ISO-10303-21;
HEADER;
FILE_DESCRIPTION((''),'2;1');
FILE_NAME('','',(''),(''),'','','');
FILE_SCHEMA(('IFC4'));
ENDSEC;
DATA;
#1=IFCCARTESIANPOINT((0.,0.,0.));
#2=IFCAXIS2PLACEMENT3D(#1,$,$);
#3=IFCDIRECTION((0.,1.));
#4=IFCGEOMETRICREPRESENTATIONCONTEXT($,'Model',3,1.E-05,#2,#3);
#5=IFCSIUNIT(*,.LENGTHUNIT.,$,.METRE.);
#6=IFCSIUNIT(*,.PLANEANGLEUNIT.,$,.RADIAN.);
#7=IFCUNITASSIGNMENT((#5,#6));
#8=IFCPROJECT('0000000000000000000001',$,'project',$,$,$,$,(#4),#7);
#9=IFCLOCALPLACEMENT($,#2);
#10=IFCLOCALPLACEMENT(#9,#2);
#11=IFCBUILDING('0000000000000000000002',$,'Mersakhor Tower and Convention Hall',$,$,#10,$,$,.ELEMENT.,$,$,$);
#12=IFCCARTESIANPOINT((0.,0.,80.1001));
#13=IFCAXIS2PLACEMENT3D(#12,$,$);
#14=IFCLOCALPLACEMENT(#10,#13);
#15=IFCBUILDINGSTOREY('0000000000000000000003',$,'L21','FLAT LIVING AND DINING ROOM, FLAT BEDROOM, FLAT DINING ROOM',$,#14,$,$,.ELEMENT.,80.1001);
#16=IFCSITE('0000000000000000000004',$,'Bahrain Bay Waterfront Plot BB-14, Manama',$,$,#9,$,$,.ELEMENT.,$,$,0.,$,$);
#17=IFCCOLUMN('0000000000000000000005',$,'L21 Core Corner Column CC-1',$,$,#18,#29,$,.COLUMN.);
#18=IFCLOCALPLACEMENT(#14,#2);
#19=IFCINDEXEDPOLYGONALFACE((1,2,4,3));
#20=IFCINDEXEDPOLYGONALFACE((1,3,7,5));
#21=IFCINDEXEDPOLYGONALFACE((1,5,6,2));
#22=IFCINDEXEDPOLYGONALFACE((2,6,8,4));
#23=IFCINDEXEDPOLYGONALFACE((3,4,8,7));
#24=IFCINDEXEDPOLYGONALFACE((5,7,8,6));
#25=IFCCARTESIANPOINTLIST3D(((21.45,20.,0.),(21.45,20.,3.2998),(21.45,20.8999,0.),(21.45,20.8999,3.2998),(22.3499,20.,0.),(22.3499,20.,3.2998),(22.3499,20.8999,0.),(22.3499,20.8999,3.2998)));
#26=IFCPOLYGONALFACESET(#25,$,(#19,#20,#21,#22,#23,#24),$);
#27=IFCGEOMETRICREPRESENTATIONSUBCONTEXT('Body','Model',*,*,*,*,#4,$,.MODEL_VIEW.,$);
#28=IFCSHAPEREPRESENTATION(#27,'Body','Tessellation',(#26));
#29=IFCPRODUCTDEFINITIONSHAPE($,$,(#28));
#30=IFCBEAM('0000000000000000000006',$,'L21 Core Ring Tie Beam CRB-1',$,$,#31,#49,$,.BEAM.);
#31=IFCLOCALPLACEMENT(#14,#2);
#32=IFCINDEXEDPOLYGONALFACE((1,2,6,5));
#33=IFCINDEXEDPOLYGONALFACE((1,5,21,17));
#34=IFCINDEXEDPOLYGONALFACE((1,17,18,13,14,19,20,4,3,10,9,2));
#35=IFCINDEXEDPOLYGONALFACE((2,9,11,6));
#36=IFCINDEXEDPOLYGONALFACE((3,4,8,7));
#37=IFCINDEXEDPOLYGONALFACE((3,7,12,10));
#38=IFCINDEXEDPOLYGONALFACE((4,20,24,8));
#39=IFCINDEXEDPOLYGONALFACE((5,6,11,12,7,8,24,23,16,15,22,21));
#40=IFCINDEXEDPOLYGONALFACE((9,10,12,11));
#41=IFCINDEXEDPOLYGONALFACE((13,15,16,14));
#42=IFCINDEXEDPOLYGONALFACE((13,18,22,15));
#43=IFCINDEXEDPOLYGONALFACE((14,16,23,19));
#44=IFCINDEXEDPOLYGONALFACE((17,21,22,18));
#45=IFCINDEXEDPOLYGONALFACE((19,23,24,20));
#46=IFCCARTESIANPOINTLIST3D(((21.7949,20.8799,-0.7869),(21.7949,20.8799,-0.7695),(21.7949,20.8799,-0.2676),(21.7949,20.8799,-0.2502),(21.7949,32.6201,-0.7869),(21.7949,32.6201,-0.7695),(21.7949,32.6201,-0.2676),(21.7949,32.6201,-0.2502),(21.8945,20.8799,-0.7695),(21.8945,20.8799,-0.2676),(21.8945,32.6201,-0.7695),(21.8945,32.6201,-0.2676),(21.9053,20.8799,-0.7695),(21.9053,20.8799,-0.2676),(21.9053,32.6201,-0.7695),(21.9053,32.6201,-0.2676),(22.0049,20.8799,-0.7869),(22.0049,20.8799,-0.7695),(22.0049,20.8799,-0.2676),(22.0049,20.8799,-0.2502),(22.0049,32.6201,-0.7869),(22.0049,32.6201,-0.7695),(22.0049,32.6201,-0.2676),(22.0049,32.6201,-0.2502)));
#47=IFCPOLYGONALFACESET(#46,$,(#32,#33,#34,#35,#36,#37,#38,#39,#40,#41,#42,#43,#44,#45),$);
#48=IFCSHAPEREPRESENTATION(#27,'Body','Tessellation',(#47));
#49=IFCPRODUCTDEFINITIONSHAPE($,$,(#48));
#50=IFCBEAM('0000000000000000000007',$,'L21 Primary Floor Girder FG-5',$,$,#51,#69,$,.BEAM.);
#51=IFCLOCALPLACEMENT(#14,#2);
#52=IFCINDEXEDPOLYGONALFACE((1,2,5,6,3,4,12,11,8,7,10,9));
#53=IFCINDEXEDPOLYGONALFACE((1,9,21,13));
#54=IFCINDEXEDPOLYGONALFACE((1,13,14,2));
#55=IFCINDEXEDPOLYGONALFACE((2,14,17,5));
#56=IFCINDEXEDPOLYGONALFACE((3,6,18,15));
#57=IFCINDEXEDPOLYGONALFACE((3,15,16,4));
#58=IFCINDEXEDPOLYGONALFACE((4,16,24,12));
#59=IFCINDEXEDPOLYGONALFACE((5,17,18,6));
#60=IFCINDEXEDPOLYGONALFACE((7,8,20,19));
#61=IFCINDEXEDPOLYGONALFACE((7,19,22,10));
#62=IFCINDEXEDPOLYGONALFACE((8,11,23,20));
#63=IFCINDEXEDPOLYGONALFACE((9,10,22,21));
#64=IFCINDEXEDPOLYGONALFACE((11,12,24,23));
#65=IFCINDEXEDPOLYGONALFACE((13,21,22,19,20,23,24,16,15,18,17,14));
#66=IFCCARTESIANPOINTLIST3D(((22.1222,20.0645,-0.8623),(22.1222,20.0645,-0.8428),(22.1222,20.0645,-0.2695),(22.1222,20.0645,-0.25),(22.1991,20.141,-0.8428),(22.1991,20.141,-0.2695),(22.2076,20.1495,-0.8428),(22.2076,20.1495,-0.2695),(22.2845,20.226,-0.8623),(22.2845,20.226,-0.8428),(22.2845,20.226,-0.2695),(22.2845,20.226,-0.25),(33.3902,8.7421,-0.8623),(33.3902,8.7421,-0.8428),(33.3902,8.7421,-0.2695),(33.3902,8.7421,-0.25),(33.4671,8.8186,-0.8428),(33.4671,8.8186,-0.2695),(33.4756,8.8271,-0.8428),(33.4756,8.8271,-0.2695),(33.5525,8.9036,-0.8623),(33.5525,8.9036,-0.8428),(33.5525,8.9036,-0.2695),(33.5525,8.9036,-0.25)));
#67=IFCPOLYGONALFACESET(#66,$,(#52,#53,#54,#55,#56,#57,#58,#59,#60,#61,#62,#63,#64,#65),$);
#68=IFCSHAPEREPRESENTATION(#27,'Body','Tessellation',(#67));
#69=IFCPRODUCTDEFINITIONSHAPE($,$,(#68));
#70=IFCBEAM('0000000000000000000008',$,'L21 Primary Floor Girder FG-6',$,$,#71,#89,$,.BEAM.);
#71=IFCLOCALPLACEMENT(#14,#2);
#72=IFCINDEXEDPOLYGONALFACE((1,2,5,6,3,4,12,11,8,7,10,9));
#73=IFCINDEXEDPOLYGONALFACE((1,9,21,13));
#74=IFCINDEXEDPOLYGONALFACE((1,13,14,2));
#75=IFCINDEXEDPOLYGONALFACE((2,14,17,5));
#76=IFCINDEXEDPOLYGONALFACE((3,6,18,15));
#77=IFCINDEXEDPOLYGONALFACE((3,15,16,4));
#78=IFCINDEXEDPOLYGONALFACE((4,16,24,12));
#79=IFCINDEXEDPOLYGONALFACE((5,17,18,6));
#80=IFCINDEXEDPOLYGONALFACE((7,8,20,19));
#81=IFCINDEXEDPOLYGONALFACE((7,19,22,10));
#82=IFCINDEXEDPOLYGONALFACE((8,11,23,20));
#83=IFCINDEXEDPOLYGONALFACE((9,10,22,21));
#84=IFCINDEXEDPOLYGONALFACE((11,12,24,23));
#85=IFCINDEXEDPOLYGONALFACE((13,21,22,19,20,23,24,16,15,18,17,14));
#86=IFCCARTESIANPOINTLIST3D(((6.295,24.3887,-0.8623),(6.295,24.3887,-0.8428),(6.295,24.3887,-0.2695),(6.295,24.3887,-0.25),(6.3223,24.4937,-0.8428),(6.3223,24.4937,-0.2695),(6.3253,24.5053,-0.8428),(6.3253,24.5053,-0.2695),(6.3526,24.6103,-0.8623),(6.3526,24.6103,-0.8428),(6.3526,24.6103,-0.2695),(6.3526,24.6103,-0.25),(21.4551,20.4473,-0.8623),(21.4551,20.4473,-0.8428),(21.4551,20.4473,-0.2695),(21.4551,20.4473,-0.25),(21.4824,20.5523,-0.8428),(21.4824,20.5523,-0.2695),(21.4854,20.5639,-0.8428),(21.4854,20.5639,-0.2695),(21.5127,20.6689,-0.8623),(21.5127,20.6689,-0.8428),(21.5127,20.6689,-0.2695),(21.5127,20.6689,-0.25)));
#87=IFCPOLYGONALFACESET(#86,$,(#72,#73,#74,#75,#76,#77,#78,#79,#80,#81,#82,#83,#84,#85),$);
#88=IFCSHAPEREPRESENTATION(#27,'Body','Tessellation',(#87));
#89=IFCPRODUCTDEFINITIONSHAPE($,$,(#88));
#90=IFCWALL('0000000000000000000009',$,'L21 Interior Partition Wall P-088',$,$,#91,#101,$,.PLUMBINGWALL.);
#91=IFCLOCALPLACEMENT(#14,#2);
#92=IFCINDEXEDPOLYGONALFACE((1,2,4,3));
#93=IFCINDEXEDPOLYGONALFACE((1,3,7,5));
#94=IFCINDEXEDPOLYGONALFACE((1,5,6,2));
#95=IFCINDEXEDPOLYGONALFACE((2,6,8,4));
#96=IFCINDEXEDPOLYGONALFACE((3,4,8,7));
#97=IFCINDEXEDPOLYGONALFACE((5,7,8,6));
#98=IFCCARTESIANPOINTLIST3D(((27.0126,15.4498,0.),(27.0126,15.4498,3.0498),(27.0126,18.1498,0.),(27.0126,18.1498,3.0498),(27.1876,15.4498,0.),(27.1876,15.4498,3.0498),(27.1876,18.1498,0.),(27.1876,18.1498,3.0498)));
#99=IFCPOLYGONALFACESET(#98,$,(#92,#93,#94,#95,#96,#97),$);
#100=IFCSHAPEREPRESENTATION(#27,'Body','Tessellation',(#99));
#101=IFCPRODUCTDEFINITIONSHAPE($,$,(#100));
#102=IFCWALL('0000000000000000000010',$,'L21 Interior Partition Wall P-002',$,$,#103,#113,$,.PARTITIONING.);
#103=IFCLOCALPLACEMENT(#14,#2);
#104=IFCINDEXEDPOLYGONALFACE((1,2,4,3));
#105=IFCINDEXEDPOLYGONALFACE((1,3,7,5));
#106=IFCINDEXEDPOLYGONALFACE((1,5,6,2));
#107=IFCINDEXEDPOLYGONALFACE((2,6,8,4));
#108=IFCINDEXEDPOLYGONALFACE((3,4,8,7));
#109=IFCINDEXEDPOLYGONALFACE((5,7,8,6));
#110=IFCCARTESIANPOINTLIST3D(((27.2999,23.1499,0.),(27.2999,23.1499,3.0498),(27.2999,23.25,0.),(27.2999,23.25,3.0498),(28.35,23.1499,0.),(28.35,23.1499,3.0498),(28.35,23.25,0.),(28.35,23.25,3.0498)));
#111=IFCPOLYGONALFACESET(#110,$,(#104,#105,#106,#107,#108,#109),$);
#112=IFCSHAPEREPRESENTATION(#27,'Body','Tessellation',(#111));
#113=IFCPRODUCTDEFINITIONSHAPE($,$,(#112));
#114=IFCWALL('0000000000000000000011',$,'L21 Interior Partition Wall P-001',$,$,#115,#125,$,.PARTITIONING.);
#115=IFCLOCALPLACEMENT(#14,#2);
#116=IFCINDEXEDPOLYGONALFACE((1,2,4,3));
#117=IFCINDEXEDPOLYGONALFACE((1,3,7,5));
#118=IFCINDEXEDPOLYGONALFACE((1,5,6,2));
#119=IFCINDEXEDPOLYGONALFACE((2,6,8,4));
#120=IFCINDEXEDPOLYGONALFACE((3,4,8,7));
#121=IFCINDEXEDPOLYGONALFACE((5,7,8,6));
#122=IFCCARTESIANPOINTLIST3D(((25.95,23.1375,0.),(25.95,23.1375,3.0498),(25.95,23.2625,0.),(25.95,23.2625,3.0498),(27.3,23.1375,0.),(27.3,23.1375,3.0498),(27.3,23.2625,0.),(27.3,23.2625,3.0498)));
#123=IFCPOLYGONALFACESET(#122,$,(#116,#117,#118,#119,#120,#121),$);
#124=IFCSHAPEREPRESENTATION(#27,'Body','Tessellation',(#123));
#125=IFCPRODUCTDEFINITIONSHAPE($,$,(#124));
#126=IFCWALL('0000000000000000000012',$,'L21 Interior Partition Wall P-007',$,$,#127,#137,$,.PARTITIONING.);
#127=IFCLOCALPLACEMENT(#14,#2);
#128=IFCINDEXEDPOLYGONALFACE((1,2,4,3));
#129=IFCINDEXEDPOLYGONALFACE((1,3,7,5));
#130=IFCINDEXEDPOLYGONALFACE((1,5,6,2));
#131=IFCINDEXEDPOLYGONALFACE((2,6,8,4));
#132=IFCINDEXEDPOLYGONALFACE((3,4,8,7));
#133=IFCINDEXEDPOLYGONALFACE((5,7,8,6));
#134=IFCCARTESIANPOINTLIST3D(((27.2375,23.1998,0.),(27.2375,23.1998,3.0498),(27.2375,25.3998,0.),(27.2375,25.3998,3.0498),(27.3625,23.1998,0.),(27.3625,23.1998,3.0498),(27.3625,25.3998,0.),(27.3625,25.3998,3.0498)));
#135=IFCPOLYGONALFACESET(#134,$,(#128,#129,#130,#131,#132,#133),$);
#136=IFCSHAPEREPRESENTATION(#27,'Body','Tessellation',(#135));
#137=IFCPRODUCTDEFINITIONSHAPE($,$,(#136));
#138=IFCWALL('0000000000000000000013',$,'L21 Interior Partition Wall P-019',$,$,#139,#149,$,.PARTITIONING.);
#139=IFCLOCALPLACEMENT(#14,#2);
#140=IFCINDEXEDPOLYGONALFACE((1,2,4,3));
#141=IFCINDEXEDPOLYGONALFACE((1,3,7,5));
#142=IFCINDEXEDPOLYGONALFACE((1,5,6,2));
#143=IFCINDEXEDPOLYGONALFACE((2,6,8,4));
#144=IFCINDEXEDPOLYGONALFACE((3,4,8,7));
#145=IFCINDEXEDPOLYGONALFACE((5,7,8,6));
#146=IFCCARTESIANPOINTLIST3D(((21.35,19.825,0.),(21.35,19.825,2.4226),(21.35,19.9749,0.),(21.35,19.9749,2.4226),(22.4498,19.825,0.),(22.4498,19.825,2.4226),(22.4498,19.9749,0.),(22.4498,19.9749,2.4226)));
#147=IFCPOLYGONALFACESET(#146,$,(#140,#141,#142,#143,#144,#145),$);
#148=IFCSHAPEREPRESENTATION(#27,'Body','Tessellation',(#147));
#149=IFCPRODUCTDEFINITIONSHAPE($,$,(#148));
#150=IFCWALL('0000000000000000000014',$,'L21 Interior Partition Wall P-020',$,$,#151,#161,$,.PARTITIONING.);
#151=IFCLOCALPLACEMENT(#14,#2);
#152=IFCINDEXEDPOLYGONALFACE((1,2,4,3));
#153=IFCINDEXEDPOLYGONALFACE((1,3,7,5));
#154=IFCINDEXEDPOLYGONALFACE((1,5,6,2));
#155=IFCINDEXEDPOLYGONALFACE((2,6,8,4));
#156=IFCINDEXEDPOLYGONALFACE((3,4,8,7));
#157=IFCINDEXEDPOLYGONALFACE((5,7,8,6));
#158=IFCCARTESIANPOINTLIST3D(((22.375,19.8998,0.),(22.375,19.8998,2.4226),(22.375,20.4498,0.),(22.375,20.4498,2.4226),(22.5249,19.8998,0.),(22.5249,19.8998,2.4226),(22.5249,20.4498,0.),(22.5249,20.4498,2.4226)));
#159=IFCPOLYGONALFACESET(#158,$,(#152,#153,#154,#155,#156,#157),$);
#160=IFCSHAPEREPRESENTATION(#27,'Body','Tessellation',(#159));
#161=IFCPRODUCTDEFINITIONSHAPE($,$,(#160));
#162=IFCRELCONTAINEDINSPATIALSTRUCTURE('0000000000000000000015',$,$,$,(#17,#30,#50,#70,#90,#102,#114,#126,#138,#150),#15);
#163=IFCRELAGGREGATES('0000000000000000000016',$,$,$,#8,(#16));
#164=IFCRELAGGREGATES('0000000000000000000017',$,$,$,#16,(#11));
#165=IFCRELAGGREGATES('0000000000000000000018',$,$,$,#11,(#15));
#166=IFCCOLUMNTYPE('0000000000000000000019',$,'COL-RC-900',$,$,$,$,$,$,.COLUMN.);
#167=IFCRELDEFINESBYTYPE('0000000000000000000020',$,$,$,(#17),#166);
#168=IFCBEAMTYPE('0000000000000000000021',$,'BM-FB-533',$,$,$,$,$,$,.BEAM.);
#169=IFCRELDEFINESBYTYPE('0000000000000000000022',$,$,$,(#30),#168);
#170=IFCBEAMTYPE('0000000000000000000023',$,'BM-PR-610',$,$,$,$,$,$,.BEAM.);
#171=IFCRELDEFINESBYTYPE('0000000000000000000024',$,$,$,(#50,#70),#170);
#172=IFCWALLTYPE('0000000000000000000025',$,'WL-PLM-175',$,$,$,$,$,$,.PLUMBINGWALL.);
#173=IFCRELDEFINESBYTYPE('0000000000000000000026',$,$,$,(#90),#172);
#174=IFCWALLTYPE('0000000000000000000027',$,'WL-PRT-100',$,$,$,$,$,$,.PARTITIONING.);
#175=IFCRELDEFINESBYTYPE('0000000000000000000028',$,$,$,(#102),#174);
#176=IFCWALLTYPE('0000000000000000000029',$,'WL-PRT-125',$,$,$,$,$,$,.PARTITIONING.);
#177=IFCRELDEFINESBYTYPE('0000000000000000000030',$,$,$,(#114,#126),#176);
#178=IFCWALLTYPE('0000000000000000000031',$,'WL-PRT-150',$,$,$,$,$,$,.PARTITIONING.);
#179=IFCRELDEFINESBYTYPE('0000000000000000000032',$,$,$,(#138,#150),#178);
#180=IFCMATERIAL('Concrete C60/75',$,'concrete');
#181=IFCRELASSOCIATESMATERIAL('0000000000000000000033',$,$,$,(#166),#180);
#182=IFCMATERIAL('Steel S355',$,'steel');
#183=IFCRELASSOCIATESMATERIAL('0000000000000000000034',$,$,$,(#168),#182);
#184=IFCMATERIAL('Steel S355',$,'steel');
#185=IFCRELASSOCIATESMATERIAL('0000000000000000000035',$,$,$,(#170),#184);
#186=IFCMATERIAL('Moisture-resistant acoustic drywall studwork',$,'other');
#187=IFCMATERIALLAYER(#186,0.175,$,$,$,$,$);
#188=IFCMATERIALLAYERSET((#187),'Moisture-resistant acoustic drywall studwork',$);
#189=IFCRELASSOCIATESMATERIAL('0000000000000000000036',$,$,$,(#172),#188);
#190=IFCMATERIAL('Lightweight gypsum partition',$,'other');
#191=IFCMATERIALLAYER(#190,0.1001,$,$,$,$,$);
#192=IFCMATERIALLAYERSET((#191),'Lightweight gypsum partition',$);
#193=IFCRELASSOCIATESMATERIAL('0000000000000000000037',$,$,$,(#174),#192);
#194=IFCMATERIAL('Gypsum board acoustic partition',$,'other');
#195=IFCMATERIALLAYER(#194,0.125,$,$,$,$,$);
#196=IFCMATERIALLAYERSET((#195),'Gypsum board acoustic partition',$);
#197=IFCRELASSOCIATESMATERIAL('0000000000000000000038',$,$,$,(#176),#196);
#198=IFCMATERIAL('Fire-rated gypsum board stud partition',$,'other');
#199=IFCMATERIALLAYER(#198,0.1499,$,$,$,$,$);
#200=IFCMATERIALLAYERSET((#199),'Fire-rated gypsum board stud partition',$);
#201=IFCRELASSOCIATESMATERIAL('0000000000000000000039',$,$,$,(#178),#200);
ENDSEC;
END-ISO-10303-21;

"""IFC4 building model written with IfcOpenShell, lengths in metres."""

from ifc_helpers import new_model, si_unit, direction, frame, frame_2d, origin, origin_2d, place, context, subcontext, project, spatial, rectangle, i_section, extrude, material, layer, layer_set, material_profile, profile_set, type_object, element, save


model = new_model("IFC4")

# Units and contexts
model_context = context("Model", 3, precision=1e-05, world=origin(), true_north=direction((0.0, 1.0)))
body_context = subcontext(model_context, "Body", "Model", "MODEL_VIEW")
ifc_project = project(units=[si_unit("LENGTHUNIT", "METRE"), si_unit("PLANEANGLEUNIT", "RADIAN")], contexts=[model_context])

# Site, building, storey
site_placement = place(None, origin())
site = spatial("IfcSite", under=ifc_project, at=site_placement, Name="Bahrain Bay Waterfront Plot BB-14, Manama", CompositionType="ELEMENT", RefElevation=0.0)
building_placement = place(site_placement, origin())
building = spatial("IfcBuilding", under=site, at=building_placement, Name="Mersakhor Tower and Convention Hall", CompositionType="ELEMENT")
storey_placement = place(building_placement, frame((0.0, 0.0, 80.1001)))
storey = spatial("IfcBuildingStorey", under=building, at=storey_placement, Name="L21", Description="FLAT LIVING AND DINING ROOM, FLAT BEDROOM, FLAT DINING ROOM", CompositionType="ELEMENT", Elevation=80.1001)

# Column
ifc_material_1 = material(Name="Concrete C60/75", Category="concrete")
ifc_material_profile_1 = material_profile(ifc_material_1, rectangle(XDim=0.8999, YDim=0.8999, at=origin_2d()), Name="RC 900x900")
ifc_profile_set_1 = profile_set([ifc_material_profile_1], Name="Concrete C60/75")
column_type = type_object("IfcColumnType", Name="COL-RC-900", PredefinedType="COLUMN", material=ifc_profile_set_1)
column_placement = place(storey_placement, frame((21.8999, 20.45, 0.0), z_axis=(0.0, 0.0, 1.0), x_axis=(1.0, 0.0, 0.0)))
element("IfcColumn", 1, at=column_placement, inside=storey, type_object=column_type, Name="L21 Core Corner Column CC-1", PredefinedType="COLUMN", context=body_context, shape_type="SweptSolid", body=[
    extrude(rectangle(XDim=0.8999, YDim=0.8999, at=origin_2d()), origin(), (0.0, 0.0, 1.0), 3.2998),
])

# Beams
ifc_material_2 = material(Name="Steel S355", Category="steel")
ifc_material_profile_2 = material_profile(ifc_material_2, i_section(OverallWidth=0.21, OverallDepth=0.5366, WebThickness=0.0107, FlangeThickness=0.0173, at=origin_2d()), Name="UB 533x210x101")
ifc_profile_set_2 = profile_set([ifc_material_profile_2], Name="Steel S355")
beam_type_1 = type_object("IfcBeamType", Name="BM-FB-533", PredefinedType="BEAM", material=ifc_profile_set_2)
beam_1_placement = place(storey_placement, frame((21.8999, 20.8799, -0.5186), z_axis=(0.0, 1.0, 0.0), x_axis=(-1.0, 0.0, 0.0)))
element("IfcBeam", 2, at=beam_1_placement, inside=storey, type_object=beam_type_1, Name="L21 Core Ring Tie Beam CRB-1", PredefinedType="BEAM", context=body_context, shape_type="SweptSolid", body=[
    extrude(i_section(OverallWidth=0.21, OverallDepth=0.5366, WebThickness=0.0107, FlangeThickness=0.0173, at=origin_2d()), origin(), (0.0, 0.0, 1.0), 11.7402),
])
ifc_material_3 = material(Name="Steel S355", Category="steel")
ifc_material_profile_3 = material_profile(ifc_material_3, i_section(OverallWidth=0.229, OverallDepth=0.6123, WebThickness=0.012, FlangeThickness=0.0195, at=origin_2d()), Name="UB 610x229x125")
ifc_profile_set_3 = profile_set([ifc_material_profile_3], Name="Steel S355")
beam_type_2 = type_object("IfcBeamType", Name="BM-PR-610", PredefinedType="BEAM", material=ifc_profile_set_3)
beam_2_placement = place(storey_placement, frame((22.2034, 20.1453, -0.5562), z_axis=(0.705401, -0.708809, 0.0), x_axis=(0.708809, 0.705401, 0.0)))
element("IfcBeam", 3, at=beam_2_placement, inside=storey, type_object=beam_type_2, Name="L21 Primary Floor Girder FG-5", PredefinedType="BEAM", context=body_context, shape_type="SweptSolid", body=[
    extrude(i_section(OverallWidth=0.229, OverallDepth=0.6123, WebThickness=0.012, FlangeThickness=0.0195, at=origin_2d()), origin(), (0.0, 0.0, 1.0), 15.9739),
])
beam_3_placement = place(storey_placement, frame((21.4839, 20.5581, -0.5562), z_axis=(-0.967826, 0.25162, 0.0), x_axis=(-0.25162, -0.967826, 0.0)))
element("IfcBeam", 4, at=beam_3_placement, inside=storey, type_object=beam_type_2, Name="L21 Primary Floor Girder FG-6", PredefinedType="BEAM", context=body_context, shape_type="SweptSolid", body=[
    extrude(i_section(OverallWidth=0.229, OverallDepth=0.6123, WebThickness=0.012, FlangeThickness=0.0195, at=origin_2d()), origin(), (0.0, 0.0, 1.0), 15.6641),
])

# Walls
ifc_material_4 = material(Name="Moisture-resistant acoustic drywall studwork", Category="other")
ifc_layer_1 = layer(ifc_material_4, 0.175)
ifc_layer_set_1 = layer_set([ifc_layer_1], Name="Moisture-resistant acoustic drywall studwork")
wall_type_1 = type_object("IfcWallType", Name="WL-PLM-175", PredefinedType="PLUMBINGWALL", material=ifc_layer_set_1)
wall_1_placement = place(storey_placement, frame((27.1001, 18.1499, 0.0), z_axis=(0.0, 0.0, 1.0), x_axis=(0.0, -1.0, 0.0)))
element("IfcWall", 5, at=wall_1_placement, inside=storey, type_object=wall_type_1, Name="L21 Interior Partition Wall P-088", PredefinedType="PLUMBINGWALL", context=body_context, shape_type="SweptSolid", body=[
    extrude(rectangle(XDim=2.7, YDim=0.175, at=frame_2d((1.3501, 0.0))), origin(), (0.0, 0.0, 1.0), 3.0498),
])
ifc_material_5 = material(Name="Lightweight gypsum partition", Category="other")
ifc_layer_2 = layer(ifc_material_5, 0.1001)
ifc_layer_set_2 = layer_set([ifc_layer_2], Name="Lightweight gypsum partition")
wall_type_2 = type_object("IfcWallType", Name="WL-PRT-100", PredefinedType="PARTITIONING", material=ifc_layer_set_2)
wall_2_placement = place(storey_placement, frame((27.3, 23.2, 0.0), z_axis=(0.0, 0.0, 1.0), x_axis=(1.0, 0.0, 0.0)))
element("IfcWall", 6, at=wall_2_placement, inside=storey, type_object=wall_type_2, Name="L21 Interior Partition Wall P-002", PredefinedType="PARTITIONING", context=body_context, shape_type="SweptSolid", body=[
    extrude(rectangle(XDim=1.05, YDim=0.1001, at=frame_2d((0.5249, 0.0))), origin(), (0.0, 0.0, 1.0), 3.0498),
])
ifc_material_6 = material(Name="Gypsum board acoustic partition", Category="other")
ifc_layer_3 = layer(ifc_material_6, 0.125)
ifc_layer_set_3 = layer_set([ifc_layer_3], Name="Gypsum board acoustic partition")
wall_type_3 = type_object("IfcWallType", Name="WL-PRT-125", PredefinedType="PARTITIONING", material=ifc_layer_set_3)
wall_3_placement = place(storey_placement, frame((25.95, 23.2, 0.0), z_axis=(0.0, 0.0, 1.0), x_axis=(1.0, 0.0, 0.0)))
element("IfcWall", 7, at=wall_3_placement, inside=storey, type_object=wall_type_3, Name="L21 Interior Partition Wall P-001", PredefinedType="PARTITIONING", context=body_context, shape_type="SweptSolid", body=[
    extrude(rectangle(XDim=1.3501, YDim=0.125, at=frame_2d((0.675, 0.0))), origin(), (0.0, 0.0, 1.0), 3.0498),
])
wall_4_placement = place(storey_placement, frame((27.3, 25.3999, 0.0), z_axis=(0.0, 0.0, 1.0), x_axis=(0.0, -1.0, 0.0)))
element("IfcWall", 8, at=wall_4_placement, inside=storey, type_object=wall_type_3, Name="L21 Interior Partition Wall P-007", PredefinedType="PARTITIONING", context=body_context, shape_type="SweptSolid", body=[
    extrude(rectangle(XDim=2.2, YDim=0.125, at=frame_2d((1.1001, 0.0))), origin(), (0.0, 0.0, 1.0), 3.0498),
])
ifc_material_7 = material(Name="Fire-rated gypsum board stud partition", Category="other")
ifc_layer_4 = layer(ifc_material_7, 0.1499)
ifc_layer_set_4 = layer_set([ifc_layer_4], Name="Fire-rated gypsum board stud partition")
wall_type_4 = type_object("IfcWallType", Name="WL-PRT-150", PredefinedType="PARTITIONING", material=ifc_layer_set_4)
wall_5_placement = place(storey_placement, frame((21.3501, 19.8999, 0.0), z_axis=(0.0, 0.0, 1.0), x_axis=(1.0, 0.0, 0.0)))
element("IfcWall", 9, at=wall_5_placement, inside=storey, type_object=wall_type_4, Name="L21 Interior Partition Wall P-019", PredefinedType="PARTITIONING", context=body_context, shape_type="SweptSolid", body=[
    extrude(rectangle(XDim=1.0999, YDim=0.1499, at=frame_2d((0.5498, 0.0))), origin(), (0.0, 0.0, 1.0), 2.4226),
])
wall_6_placement = place(storey_placement, frame((22.45, 19.8999, 0.0), z_axis=(0.0, 0.0, 1.0), x_axis=(0.0, 1.0, 0.0)))
element("IfcWall", 10, at=wall_6_placement, inside=storey, type_object=wall_type_4, Name="L21 Interior Partition Wall P-020", PredefinedType="PARTITIONING", context=body_context, shape_type="SweptSolid", body=[
    extrude(rectangle(XDim=0.55, YDim=0.1499, at=frame_2d((0.2749, 0.0))), origin(), (0.0, 0.0, 1.0), 2.4226),
])

save(model, "model.ifc")
